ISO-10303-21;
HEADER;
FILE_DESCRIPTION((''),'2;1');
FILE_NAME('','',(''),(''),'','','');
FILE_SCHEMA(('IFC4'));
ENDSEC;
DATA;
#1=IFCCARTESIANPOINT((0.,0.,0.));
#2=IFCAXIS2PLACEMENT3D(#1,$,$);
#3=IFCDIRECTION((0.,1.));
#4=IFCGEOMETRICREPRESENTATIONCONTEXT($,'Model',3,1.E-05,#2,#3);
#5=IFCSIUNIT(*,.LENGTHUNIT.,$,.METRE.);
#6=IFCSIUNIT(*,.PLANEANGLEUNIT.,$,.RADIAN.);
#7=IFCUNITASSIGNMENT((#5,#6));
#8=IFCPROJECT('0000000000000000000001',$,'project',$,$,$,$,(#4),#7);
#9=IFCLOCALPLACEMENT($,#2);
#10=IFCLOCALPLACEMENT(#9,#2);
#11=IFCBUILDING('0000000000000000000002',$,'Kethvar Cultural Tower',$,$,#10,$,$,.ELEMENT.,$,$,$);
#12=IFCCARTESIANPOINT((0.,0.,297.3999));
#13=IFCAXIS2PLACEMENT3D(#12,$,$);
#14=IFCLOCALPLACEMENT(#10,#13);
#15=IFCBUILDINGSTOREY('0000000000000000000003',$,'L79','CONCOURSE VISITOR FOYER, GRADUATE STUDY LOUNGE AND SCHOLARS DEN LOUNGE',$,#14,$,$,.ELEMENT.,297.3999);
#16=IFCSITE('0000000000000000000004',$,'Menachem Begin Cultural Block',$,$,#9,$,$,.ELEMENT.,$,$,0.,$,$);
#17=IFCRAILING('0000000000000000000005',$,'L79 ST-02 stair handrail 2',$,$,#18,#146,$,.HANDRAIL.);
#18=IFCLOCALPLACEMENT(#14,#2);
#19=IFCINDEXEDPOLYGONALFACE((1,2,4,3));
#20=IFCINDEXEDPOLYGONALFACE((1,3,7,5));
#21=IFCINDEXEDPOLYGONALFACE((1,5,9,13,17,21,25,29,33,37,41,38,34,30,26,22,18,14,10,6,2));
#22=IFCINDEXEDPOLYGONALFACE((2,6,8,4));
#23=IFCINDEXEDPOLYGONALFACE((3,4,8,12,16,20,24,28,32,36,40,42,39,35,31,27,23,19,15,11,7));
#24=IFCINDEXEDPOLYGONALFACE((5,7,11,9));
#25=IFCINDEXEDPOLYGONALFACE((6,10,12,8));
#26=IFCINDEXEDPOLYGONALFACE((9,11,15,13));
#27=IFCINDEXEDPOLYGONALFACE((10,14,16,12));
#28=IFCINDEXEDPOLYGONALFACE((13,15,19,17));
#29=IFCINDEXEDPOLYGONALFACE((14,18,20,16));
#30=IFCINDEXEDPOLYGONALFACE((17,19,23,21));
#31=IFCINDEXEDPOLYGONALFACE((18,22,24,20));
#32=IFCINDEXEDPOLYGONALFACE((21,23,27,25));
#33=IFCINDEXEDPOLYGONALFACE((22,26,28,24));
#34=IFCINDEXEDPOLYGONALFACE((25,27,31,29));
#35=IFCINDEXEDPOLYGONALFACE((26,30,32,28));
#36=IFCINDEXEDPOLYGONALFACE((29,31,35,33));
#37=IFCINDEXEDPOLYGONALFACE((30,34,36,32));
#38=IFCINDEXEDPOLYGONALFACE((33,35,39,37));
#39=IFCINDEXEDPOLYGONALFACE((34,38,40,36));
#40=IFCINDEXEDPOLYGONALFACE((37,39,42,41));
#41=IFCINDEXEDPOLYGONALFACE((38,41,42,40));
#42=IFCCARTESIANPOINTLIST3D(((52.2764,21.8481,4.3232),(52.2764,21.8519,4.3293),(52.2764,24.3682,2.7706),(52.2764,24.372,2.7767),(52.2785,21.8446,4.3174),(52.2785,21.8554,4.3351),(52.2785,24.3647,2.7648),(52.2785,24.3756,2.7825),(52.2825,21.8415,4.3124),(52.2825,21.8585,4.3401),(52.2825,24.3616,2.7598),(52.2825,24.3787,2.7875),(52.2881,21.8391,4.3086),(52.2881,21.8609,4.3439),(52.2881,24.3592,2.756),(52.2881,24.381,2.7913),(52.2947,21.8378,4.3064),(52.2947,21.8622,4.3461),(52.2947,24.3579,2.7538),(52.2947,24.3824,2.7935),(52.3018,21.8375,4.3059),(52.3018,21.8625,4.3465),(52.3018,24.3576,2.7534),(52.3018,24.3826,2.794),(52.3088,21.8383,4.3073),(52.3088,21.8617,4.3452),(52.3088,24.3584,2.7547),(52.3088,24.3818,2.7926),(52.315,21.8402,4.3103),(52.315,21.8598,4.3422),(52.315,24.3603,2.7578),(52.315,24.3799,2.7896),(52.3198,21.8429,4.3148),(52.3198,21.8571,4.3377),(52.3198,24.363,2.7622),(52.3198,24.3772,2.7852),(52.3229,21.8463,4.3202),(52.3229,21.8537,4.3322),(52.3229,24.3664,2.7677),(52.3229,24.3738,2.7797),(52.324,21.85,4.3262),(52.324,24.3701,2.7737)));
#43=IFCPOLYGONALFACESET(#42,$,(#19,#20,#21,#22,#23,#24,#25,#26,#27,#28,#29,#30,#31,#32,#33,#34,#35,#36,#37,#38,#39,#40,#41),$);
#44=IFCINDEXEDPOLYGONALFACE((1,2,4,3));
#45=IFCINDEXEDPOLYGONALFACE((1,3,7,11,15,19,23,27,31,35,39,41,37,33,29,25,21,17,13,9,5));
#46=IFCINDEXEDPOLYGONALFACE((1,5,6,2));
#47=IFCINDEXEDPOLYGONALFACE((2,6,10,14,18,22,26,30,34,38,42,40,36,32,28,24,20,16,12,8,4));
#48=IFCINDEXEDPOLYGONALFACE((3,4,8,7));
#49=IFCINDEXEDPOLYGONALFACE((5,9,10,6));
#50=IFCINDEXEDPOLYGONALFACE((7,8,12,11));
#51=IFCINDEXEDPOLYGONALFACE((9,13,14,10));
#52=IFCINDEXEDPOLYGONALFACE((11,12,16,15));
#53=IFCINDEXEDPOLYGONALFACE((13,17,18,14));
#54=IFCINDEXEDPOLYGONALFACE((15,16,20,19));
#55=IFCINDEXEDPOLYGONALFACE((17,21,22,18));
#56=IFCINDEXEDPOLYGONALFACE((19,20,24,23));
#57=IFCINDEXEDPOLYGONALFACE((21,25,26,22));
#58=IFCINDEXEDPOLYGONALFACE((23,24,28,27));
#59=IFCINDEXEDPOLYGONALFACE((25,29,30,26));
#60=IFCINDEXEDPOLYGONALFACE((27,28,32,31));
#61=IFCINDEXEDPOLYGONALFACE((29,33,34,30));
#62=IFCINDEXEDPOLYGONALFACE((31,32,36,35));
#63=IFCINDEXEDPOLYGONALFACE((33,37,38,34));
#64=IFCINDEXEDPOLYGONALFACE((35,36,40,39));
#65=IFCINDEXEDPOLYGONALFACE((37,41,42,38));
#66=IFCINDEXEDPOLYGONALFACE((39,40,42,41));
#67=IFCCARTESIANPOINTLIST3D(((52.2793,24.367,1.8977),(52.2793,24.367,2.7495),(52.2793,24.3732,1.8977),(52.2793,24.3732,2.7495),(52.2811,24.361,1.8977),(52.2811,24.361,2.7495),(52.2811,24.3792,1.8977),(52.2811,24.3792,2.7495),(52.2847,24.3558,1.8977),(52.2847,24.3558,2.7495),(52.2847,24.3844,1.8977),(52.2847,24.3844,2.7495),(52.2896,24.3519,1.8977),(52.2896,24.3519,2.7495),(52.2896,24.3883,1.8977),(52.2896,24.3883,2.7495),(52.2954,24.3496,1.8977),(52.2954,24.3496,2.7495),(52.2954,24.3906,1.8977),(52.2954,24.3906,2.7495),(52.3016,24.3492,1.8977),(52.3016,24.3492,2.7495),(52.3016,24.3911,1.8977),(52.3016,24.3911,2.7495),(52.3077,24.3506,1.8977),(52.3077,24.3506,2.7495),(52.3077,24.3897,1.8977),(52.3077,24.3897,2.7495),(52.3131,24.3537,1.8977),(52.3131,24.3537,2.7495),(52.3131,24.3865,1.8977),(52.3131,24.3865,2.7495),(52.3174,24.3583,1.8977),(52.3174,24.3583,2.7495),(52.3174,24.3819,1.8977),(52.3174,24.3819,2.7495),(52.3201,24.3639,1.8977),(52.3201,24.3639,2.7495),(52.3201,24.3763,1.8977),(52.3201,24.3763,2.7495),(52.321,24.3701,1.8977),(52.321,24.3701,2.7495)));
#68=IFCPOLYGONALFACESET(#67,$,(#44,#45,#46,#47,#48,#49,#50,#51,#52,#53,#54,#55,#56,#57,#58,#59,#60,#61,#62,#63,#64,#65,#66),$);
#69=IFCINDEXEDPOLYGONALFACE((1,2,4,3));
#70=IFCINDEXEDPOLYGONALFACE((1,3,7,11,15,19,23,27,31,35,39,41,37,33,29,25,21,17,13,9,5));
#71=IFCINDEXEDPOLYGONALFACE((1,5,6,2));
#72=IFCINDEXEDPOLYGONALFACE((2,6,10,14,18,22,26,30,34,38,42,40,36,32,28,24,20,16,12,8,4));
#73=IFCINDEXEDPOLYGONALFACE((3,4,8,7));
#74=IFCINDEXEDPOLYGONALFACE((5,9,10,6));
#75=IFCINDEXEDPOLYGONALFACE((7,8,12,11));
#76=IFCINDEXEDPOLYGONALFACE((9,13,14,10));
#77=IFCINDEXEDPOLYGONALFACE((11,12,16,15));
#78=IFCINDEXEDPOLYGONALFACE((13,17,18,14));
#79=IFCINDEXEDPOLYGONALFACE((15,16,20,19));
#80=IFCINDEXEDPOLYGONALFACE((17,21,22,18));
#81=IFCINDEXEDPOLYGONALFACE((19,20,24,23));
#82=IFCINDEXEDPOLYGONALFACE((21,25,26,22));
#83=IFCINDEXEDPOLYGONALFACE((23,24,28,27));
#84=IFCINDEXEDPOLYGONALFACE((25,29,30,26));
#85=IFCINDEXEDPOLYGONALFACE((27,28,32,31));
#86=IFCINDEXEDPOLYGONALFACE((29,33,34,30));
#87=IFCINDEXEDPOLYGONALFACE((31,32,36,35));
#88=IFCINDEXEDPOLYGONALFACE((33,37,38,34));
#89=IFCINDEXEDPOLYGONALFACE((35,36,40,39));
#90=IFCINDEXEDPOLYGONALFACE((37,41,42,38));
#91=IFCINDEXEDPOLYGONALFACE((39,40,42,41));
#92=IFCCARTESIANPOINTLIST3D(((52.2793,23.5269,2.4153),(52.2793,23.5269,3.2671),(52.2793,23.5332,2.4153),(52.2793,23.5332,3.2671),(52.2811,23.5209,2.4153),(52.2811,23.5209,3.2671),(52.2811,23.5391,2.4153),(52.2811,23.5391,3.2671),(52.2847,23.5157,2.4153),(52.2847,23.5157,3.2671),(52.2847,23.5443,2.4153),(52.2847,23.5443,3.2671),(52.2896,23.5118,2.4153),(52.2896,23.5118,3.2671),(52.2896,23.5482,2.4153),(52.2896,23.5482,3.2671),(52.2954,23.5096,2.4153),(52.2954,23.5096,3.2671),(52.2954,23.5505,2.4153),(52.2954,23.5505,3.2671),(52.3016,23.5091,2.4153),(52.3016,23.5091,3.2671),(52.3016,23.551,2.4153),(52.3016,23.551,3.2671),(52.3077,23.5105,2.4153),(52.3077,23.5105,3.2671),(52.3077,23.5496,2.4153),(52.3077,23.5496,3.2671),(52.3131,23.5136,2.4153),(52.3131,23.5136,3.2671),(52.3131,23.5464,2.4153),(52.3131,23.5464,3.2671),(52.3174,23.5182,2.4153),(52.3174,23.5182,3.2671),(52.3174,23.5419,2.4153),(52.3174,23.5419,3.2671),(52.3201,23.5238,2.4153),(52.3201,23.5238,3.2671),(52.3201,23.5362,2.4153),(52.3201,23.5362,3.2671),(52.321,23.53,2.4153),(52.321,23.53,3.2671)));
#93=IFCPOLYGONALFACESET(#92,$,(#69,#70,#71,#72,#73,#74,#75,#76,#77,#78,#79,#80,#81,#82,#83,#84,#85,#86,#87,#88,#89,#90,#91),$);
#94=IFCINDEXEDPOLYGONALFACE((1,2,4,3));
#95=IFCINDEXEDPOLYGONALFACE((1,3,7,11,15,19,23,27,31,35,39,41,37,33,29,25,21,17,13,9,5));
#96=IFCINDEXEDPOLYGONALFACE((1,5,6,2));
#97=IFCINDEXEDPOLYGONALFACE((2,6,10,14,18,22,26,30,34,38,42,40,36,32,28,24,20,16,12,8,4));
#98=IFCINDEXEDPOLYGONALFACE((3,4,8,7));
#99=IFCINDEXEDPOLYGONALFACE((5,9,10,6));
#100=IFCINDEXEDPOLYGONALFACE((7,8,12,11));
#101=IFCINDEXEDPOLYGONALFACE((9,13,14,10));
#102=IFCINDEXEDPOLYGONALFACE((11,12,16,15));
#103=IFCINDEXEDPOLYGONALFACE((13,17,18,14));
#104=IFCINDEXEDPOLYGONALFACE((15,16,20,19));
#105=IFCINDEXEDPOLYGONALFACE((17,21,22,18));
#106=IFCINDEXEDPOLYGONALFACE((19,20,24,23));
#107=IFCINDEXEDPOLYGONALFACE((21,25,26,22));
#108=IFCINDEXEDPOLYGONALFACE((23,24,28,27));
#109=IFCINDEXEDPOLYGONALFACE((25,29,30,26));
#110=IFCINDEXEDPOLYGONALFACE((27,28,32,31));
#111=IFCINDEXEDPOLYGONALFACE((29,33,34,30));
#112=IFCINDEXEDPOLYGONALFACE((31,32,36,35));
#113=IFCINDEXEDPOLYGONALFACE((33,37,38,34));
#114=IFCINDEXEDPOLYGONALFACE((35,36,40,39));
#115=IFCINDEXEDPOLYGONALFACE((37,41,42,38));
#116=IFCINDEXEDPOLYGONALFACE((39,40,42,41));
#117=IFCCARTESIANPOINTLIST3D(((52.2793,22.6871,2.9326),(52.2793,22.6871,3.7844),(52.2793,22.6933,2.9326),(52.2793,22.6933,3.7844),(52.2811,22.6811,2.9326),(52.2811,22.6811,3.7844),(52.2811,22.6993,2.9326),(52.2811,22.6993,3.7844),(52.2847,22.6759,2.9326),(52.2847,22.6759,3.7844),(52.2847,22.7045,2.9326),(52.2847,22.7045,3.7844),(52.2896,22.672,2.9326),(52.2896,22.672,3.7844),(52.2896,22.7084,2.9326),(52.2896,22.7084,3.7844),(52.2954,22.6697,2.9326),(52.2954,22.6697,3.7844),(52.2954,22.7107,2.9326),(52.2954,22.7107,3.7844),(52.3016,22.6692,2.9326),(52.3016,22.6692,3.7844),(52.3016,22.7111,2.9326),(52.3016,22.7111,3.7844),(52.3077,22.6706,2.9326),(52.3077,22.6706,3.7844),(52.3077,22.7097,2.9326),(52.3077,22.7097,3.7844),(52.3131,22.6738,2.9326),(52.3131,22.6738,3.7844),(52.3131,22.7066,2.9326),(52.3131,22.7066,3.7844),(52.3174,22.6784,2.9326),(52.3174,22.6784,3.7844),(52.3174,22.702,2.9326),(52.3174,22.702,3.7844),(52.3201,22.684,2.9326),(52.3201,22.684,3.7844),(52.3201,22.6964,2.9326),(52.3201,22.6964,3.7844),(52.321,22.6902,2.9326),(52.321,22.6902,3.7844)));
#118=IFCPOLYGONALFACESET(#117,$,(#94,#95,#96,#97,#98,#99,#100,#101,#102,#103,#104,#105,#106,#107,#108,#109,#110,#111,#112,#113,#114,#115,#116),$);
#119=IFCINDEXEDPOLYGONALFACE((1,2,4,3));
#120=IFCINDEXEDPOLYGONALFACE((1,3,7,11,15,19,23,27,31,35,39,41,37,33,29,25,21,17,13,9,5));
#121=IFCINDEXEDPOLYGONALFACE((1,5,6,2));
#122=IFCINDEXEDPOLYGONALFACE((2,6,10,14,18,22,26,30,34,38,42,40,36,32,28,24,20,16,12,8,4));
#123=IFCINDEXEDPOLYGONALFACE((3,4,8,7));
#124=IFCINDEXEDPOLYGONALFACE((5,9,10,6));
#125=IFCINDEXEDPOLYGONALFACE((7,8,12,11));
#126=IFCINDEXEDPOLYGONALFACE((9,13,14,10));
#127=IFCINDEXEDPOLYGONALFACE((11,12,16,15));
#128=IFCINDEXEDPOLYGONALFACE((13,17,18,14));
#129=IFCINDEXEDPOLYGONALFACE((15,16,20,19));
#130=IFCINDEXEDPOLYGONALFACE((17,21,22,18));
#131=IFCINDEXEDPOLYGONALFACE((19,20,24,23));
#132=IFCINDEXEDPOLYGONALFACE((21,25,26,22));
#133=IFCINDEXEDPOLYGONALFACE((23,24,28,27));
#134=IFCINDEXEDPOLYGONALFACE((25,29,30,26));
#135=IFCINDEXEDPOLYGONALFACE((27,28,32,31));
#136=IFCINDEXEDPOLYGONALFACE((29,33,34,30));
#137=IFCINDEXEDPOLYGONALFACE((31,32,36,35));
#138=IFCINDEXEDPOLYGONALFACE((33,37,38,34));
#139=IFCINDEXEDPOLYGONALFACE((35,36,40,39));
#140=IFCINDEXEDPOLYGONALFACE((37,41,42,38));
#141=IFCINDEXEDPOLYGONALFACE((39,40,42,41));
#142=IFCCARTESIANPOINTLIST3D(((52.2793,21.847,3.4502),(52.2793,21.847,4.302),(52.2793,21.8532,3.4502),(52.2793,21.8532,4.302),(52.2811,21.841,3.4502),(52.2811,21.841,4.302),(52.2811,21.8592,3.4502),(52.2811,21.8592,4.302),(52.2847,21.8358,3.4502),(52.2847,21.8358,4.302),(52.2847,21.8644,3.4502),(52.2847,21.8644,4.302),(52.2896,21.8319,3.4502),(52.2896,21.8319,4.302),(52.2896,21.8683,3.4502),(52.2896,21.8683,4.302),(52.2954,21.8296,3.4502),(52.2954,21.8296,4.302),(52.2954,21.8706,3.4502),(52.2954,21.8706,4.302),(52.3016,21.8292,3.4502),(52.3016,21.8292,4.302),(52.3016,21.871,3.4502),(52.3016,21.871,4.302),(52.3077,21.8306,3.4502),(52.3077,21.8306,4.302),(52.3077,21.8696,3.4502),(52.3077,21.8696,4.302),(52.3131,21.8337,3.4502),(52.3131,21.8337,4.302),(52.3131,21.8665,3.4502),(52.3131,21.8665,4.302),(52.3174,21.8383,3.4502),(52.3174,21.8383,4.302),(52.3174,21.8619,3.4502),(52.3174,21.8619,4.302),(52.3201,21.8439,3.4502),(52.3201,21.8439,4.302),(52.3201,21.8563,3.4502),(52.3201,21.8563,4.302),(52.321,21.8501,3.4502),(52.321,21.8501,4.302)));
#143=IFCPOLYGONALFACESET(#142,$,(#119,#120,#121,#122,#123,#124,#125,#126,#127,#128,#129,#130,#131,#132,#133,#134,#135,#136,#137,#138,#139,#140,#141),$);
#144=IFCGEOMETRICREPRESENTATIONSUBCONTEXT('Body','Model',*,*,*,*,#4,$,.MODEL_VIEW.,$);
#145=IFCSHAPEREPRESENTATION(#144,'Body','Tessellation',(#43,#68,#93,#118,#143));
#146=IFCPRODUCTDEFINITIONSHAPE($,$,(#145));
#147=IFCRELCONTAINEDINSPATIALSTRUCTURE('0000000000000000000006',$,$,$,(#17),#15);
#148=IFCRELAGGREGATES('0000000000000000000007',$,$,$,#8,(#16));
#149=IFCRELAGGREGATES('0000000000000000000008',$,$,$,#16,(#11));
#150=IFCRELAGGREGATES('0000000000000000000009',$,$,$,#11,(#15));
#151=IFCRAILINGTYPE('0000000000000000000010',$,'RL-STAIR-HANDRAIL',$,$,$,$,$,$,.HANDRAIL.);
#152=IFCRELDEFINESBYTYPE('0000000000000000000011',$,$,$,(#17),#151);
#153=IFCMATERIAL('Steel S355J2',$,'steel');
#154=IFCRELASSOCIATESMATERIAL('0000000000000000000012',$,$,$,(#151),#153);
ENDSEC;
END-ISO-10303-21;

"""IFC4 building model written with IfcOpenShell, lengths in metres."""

from ifc_helpers import new_model, si_unit, direction, frame, origin, origin_2d, place, context, subcontext, project, spatial, circle, extrude, material, type_object, element, save


model = new_model("IFC4")

# Units and contexts
model_context = context("Model", 3, precision=1e-05, world=origin(), true_north=direction((0.0, 1.0)))
body_context = subcontext(model_context, "Body", "Model", "MODEL_VIEW")
ifc_project = project(units=[si_unit("LENGTHUNIT", "METRE"), si_unit("PLANEANGLEUNIT", "RADIAN")], contexts=[model_context])

# Site, building, storey
site_placement = place(None, origin())
site = spatial("IfcSite", under=ifc_project, at=site_placement, Name="Menachem Begin Cultural Block", CompositionType="ELEMENT", RefElevation=0.0)
building_placement = place(site_placement, origin())
building = spatial("IfcBuilding", under=site, at=building_placement, Name="Kethvar Cultural Tower", CompositionType="ELEMENT")
storey_placement = place(building_placement, frame((0.0, 0.0, 297.3999)))
storey = spatial("IfcBuildingStorey", under=building, at=storey_placement, Name="L79", Description="CONCOURSE VISITOR FOYER, GRADUATE STUDY LOUNGE AND SCHOLARS DEN LOUNGE", CompositionType="ELEMENT", Elevation=297.3999)

# Shared definitions
ifc_material_1 = material(Name="Steel S355J2", Category="steel")

# Railing
railing_type_1 = type_object("IfcRailingType", Name="RL-STAIR-HANDRAIL", PredefinedType="HANDRAIL", material=ifc_material_1)
railing_1_placement = place(storey_placement, frame((52.3, 24.3701, 1.8977)))
element("IfcRailing", 1, at=railing_1_placement, inside=storey, type_object=railing_type_1, Name="L79 ST-02 stair handrail 2", PredefinedType="HANDRAIL", context=body_context, shape_type="SweptSolid", body=[
    extrude(circle(Radius=0.0239, at=origin_2d()), frame((0.0, 0.0, 0.876), z_axis=(0.0, -0.8514, 0.524516), x_axis=(1.0, 0.0, 0.0)), (0.0, 0.0, 1.0), 2.96),
    extrude(circle(Radius=0.021, at=origin_2d()), origin(), (0.0, 0.0, 1.0), 0.8518),
    extrude(circle(Radius=0.021, at=origin_2d()), frame((0.0, -0.8401, 0.5176)), (0.0, 0.0, 1.0), 0.8518),
    extrude(circle(Radius=0.021, at=origin_2d()), frame((0.0, -1.6799, 1.0349)), (0.0, 0.0, 1.0), 0.8518),
    extrude(circle(Radius=0.021, at=origin_2d()), frame((0.0, -2.52, 1.5525)), (0.0, 0.0, 1.0), 0.8518),
])

save(model, "model.ifc")
